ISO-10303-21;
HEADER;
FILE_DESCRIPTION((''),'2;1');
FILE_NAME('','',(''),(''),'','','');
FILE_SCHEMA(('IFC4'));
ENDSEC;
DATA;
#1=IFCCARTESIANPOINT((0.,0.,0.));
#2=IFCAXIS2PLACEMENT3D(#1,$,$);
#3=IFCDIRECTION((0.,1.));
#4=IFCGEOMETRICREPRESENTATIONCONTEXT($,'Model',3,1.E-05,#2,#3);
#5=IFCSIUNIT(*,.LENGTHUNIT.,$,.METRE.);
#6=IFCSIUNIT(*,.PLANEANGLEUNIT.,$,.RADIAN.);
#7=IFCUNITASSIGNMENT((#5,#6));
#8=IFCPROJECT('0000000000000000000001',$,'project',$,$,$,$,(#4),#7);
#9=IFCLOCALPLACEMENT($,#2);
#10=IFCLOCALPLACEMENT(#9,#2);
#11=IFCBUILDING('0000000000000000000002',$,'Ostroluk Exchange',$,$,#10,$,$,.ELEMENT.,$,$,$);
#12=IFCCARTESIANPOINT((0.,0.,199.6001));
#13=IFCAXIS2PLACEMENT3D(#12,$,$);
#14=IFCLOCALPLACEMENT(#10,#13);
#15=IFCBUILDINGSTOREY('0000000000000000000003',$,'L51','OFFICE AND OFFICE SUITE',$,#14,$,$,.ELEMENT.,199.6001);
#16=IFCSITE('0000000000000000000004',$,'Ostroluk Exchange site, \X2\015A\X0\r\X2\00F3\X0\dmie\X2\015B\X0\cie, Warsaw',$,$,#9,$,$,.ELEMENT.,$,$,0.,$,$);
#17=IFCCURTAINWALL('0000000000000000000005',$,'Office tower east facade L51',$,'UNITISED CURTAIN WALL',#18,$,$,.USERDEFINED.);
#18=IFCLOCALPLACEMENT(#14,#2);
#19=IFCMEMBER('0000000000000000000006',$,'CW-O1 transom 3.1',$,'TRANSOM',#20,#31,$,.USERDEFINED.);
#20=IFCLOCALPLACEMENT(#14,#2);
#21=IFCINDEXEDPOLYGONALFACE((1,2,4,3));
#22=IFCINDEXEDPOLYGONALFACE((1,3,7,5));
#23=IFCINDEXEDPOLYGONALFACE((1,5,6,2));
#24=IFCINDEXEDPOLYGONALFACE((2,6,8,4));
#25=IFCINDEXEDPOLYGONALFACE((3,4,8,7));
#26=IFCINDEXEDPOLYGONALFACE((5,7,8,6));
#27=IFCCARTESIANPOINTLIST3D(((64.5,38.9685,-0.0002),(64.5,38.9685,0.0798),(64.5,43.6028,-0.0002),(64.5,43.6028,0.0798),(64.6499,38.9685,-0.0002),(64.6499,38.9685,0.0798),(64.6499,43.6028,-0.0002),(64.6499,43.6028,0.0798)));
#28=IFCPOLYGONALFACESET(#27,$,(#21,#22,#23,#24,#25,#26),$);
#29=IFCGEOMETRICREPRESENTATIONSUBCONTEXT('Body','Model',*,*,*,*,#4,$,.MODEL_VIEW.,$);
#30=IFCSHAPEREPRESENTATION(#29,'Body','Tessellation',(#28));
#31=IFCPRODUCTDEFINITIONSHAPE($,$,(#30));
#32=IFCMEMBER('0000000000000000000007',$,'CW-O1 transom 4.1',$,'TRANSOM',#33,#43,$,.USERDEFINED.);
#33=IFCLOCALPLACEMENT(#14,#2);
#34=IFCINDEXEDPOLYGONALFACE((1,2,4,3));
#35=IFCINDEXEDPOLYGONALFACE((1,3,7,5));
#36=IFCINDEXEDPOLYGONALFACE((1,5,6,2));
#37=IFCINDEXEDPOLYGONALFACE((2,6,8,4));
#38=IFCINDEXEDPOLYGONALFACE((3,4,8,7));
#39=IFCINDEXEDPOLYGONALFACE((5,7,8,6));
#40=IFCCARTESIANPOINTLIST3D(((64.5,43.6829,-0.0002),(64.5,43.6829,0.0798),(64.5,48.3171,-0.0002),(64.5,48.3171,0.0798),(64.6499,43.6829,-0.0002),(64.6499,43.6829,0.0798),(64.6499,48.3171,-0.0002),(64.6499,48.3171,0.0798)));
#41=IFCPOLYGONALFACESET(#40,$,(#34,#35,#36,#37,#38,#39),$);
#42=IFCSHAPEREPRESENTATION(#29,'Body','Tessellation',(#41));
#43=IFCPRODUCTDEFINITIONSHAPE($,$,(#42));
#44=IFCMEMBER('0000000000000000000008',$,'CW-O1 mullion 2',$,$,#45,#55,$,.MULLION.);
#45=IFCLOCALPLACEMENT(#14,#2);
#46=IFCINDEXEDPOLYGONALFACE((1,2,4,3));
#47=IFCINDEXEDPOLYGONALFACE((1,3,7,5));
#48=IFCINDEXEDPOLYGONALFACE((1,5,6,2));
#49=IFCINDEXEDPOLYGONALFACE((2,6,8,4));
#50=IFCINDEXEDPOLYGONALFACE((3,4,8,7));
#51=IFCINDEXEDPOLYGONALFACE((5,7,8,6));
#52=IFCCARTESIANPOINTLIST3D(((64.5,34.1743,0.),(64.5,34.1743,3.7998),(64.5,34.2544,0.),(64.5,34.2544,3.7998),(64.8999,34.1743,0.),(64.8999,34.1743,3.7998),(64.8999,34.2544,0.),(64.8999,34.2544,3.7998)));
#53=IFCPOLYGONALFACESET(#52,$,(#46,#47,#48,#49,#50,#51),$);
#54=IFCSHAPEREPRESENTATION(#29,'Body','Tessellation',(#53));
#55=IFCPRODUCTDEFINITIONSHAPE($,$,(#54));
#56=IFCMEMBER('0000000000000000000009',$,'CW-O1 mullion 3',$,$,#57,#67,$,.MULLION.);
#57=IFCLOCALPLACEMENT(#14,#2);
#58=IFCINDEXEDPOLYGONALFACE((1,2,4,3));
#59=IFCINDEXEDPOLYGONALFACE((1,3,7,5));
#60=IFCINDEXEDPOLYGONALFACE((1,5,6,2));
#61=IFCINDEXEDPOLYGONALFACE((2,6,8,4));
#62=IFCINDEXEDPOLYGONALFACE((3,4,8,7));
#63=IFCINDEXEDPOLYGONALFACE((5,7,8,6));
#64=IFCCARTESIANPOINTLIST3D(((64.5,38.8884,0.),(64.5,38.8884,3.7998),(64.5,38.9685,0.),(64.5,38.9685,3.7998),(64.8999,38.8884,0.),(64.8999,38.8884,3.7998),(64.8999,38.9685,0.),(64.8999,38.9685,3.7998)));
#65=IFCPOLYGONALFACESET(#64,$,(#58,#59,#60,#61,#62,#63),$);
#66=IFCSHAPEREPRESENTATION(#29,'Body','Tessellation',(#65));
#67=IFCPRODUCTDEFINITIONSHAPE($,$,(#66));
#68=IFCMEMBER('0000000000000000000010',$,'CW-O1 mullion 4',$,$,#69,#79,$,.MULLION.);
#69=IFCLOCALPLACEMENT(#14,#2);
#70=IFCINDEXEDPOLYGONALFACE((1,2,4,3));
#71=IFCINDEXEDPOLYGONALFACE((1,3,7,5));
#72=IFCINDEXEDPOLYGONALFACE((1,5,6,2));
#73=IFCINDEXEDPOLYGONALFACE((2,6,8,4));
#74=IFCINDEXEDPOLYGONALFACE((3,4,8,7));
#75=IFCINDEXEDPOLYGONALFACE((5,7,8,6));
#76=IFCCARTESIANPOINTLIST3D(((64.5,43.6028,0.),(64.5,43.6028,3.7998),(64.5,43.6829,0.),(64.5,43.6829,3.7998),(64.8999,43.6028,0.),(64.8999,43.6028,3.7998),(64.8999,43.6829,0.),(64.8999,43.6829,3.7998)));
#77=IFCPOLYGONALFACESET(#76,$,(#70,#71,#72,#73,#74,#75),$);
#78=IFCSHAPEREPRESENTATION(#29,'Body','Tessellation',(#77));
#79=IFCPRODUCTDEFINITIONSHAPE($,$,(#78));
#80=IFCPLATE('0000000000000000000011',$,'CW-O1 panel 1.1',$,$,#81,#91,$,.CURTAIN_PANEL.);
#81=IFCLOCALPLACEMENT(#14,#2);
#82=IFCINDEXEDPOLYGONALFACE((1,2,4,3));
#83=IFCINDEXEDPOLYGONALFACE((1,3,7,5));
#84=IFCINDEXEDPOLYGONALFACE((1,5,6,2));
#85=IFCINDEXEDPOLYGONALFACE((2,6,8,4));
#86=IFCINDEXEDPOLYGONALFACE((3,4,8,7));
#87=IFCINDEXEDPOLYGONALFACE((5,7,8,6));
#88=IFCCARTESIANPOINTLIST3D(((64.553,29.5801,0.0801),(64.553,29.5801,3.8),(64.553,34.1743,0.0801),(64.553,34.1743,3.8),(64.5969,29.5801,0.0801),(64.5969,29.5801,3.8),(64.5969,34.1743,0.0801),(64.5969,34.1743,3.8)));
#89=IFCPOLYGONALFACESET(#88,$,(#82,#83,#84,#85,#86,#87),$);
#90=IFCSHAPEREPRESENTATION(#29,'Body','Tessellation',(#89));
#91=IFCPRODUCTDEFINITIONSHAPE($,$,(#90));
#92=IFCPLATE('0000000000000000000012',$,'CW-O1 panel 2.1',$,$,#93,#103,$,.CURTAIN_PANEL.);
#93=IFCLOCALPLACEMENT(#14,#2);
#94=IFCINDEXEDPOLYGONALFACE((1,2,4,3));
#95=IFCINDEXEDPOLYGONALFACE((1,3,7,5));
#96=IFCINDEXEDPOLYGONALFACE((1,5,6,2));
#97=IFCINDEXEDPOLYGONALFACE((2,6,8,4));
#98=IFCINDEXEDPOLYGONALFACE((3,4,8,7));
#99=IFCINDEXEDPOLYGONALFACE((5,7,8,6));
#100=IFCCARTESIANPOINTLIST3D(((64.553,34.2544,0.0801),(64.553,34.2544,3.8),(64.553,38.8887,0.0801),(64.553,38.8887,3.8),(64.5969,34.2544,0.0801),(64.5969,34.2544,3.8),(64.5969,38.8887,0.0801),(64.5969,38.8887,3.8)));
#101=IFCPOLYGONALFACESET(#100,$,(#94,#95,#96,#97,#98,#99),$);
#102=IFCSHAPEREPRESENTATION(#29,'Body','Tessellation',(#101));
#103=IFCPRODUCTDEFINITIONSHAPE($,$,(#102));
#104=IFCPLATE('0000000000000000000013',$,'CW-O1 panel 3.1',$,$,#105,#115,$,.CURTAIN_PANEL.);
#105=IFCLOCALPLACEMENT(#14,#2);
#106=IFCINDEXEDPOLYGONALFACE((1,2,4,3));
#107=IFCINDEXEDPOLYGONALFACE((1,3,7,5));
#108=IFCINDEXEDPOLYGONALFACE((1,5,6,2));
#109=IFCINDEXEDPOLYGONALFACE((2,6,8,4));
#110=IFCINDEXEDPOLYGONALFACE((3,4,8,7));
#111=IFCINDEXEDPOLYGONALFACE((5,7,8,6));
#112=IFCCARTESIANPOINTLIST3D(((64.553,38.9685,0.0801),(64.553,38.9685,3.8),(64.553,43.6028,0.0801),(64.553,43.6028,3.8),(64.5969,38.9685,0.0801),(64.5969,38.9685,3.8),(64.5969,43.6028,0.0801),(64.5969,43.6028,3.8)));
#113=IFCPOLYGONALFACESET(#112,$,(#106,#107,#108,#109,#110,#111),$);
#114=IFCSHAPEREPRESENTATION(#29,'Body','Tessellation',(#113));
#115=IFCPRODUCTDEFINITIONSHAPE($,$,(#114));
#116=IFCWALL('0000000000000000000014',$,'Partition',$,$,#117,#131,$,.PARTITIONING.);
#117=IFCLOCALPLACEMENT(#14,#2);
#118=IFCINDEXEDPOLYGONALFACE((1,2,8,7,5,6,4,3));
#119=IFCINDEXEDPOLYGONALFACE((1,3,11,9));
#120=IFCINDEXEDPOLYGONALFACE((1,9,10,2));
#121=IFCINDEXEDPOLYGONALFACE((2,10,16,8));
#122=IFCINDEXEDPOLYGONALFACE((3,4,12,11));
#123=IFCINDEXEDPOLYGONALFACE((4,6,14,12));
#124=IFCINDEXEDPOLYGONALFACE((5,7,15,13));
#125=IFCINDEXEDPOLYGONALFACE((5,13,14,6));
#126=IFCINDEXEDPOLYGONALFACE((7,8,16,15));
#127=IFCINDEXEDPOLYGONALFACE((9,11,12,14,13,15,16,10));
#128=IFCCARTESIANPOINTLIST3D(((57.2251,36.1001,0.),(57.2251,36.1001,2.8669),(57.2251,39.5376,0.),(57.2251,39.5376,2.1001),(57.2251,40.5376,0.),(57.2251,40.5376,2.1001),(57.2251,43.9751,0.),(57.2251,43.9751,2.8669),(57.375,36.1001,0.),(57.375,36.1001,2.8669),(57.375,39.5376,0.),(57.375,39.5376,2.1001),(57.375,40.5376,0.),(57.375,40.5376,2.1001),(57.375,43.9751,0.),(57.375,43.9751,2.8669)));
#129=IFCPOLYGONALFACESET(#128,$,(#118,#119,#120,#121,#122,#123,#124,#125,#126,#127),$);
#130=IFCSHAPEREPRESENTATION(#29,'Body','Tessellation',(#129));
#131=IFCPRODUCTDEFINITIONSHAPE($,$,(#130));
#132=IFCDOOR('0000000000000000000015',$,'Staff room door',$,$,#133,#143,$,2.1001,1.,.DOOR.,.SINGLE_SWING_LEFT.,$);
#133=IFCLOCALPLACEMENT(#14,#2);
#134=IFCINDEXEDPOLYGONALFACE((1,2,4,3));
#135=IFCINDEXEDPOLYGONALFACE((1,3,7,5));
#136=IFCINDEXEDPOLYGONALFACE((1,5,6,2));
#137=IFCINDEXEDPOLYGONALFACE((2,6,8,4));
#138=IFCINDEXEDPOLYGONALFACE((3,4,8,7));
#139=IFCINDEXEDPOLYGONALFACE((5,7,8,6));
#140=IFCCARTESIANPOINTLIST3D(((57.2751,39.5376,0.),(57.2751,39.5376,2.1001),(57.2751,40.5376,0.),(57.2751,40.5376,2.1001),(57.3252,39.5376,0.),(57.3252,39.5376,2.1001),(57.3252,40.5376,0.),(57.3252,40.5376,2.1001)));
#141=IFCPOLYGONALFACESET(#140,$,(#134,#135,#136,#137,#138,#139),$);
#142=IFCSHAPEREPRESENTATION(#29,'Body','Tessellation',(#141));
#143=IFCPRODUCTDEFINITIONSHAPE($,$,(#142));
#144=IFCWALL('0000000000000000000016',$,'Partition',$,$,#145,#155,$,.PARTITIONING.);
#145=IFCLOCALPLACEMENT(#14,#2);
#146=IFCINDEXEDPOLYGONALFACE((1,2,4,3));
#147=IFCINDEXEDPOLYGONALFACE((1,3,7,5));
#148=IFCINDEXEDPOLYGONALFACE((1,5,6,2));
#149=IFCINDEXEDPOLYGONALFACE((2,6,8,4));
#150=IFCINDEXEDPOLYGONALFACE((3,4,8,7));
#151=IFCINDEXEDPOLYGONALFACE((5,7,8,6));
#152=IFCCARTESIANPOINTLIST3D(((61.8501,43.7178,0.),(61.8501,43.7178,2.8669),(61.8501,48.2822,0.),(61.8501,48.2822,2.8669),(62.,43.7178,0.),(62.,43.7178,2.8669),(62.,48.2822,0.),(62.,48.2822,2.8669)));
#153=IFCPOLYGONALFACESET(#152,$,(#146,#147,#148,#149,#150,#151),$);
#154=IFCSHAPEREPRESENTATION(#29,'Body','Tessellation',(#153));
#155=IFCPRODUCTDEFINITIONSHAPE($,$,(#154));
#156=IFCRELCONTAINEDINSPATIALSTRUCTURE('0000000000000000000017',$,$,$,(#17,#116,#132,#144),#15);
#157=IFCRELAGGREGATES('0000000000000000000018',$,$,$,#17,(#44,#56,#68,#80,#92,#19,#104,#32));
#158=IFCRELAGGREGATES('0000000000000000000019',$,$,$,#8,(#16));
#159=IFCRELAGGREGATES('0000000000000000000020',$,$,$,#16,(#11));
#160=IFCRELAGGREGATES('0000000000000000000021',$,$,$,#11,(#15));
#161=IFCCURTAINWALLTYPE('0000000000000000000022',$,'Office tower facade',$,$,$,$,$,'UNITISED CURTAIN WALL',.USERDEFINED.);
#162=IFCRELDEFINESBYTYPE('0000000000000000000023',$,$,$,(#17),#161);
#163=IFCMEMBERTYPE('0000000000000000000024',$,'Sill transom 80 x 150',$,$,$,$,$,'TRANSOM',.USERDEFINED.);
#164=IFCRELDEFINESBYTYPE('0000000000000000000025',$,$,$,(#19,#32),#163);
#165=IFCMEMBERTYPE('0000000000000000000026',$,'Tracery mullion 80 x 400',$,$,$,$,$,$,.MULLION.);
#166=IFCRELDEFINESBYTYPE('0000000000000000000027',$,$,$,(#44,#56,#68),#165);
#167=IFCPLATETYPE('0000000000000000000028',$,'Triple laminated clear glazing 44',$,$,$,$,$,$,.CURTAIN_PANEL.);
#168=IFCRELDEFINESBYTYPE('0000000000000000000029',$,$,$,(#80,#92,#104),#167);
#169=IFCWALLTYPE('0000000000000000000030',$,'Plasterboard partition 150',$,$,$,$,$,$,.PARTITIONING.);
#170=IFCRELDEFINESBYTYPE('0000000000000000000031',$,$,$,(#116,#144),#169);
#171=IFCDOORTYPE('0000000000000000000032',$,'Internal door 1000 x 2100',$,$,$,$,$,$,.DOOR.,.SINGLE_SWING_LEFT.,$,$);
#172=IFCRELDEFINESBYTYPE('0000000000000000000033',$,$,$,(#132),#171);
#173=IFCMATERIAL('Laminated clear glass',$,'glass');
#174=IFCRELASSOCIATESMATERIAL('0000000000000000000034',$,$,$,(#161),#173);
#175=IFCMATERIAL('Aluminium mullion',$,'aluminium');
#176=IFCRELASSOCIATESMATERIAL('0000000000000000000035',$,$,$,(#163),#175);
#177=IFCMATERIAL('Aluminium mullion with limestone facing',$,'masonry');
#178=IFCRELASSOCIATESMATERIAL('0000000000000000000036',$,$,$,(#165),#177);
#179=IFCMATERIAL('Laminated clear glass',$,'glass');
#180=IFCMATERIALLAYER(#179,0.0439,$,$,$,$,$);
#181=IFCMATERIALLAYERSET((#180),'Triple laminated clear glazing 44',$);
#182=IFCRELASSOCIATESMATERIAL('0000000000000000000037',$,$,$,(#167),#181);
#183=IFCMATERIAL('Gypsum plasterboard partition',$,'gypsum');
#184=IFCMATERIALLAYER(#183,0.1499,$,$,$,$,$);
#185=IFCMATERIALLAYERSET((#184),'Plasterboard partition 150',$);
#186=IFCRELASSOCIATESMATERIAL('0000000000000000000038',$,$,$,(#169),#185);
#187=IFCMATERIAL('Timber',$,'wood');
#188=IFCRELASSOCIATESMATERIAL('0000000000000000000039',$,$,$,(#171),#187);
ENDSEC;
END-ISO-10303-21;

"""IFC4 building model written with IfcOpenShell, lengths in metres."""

from ifc_helpers import new_model, si_unit, direction, frame, frame_2d, origin, origin_2d, place, context, subcontext, project, spatial, rectangle, extrude, material, layer, layer_set, material_profile, profile_set, type_object, element, fill, aggregate, save


model = new_model("IFC4")

# Units and contexts
model_context = context("Model", 3, precision=1e-05, world=origin(), true_north=direction((0.0, 1.0)))
body_context = subcontext(model_context, "Body", "Model", "MODEL_VIEW")
ifc_project = project(units=[si_unit("LENGTHUNIT", "METRE"), si_unit("PLANEANGLEUNIT", "RADIAN")], contexts=[model_context])

# Site, building, storey
site_placement = place(None, origin())
site = spatial("IfcSite", under=ifc_project, at=site_placement, Name="Ostroluk Exchange site, Śródmieście, Warsaw", CompositionType="ELEMENT", RefElevation=0.0)
building_placement = place(site_placement, origin())
building = spatial("IfcBuilding", under=site, at=building_placement, Name="Ostroluk Exchange", CompositionType="ELEMENT")
storey_placement = place(building_placement, frame((0.0, 0.0, 199.6001)))
storey = spatial("IfcBuildingStorey", under=building, at=storey_placement, Name="L51", Description="OFFICE AND OFFICE SUITE", CompositionType="ELEMENT", Elevation=199.6001)

# Curtain wall, members, plates
ifc_material_1 = material(Name="Laminated clear glass", Category="glass")
curtain_wall_type = type_object("IfcCurtainWallType", Name="Office tower facade", ElementType="UNITISED CURTAIN WALL", PredefinedType="USERDEFINED", material=ifc_material_1)
curtain_wall_placement = place(storey_placement, origin())
curtain_wall = element("IfcCurtainWall", 1, at=curtain_wall_placement, inside=storey, type_object=curtain_wall_type, Name="Office tower east facade L51", ObjectType="UNITISED CURTAIN WALL", PredefinedType="USERDEFINED")
ifc_material_2 = material(Name="Aluminium mullion", Category="aluminium")
ifc_material_profile_1 = material_profile(ifc_material_2, rectangle(XDim=0.1499, YDim=0.0801, at=origin_2d()), Name="Sill transom 80 x 150")
ifc_profile_set_1 = profile_set([ifc_material_profile_1], Name="Aluminium mullion")
member_type_1 = type_object("IfcMemberType", Name="Sill transom 80 x 150", ElementType="TRANSOM", PredefinedType="USERDEFINED", material=ifc_profile_set_1)
member_1_placement = place(storey_placement, frame((64.575, 38.9685, 0.0398), z_axis=(0.0, 1.0, 0.0), x_axis=(-1.0, 0.0, 0.0)))
member_1 = element("IfcMember", 2, at=member_1_placement, type_object=member_type_1, Name="CW-O1 transom 3.1", ObjectType="TRANSOM", PredefinedType="USERDEFINED", context=body_context, shape_type="SweptSolid", body=[
    extrude(rectangle(XDim=0.1499, YDim=0.0801, at=origin_2d()), origin(), (0.0, 0.0, 1.0), 4.6343),
])
member_2_placement = place(storey_placement, frame((64.575, 43.6829, 0.0398), z_axis=(0.0, 1.0, 0.0), x_axis=(-1.0, 0.0, 0.0)))
member_2 = element("IfcMember", 3, at=member_2_placement, type_object=member_type_1, Name="CW-O1 transom 4.1", ObjectType="TRANSOM", PredefinedType="USERDEFINED", context=body_context, shape_type="SweptSolid", body=[
    extrude(rectangle(XDim=0.1499, YDim=0.0801, at=origin_2d()), origin(), (0.0, 0.0, 1.0), 4.6343),
])
ifc_material_3 = material(Name="Aluminium mullion with limestone facing", Category="masonry")
ifc_material_profile_2 = material_profile(ifc_material_3, rectangle(XDim=0.3999, YDim=0.0801, at=origin_2d()), Name="Tracery mullion 80 x 400")
ifc_profile_set_2 = profile_set([ifc_material_profile_2], Name="Aluminium mullion with limestone facing")
member_type_2 = type_object("IfcMemberType", Name="Tracery mullion 80 x 400", PredefinedType="MULLION", material=ifc_profile_set_2)
member_3_placement = place(storey_placement, frame((64.7, 34.2144, 0.0), z_axis=(0.0, 0.0, 1.0), x_axis=(-1.0, 0.0, 0.0)))
member_3 = element("IfcMember", 4, at=member_3_placement, type_object=member_type_2, Name="CW-O1 mullion 2", PredefinedType="MULLION", context=body_context, shape_type="SweptSolid", body=[
    extrude(rectangle(XDim=0.3999, YDim=0.0801, at=origin_2d()), origin(), (0.0, 0.0, 1.0), 3.7998),
])
member_4_placement = place(storey_placement, frame((64.7, 38.9285, 0.0), z_axis=(0.0, 0.0, 1.0), x_axis=(-1.0, 0.0, 0.0)))
member_4 = element("IfcMember", 5, at=member_4_placement, type_object=member_type_2, Name="CW-O1 mullion 3", PredefinedType="MULLION", context=body_context, shape_type="SweptSolid", body=[
    extrude(rectangle(XDim=0.3999, YDim=0.0801, at=origin_2d()), origin(), (0.0, 0.0, 1.0), 3.7998),
])
member_5_placement = place(storey_placement, frame((64.7, 43.6428, 0.0), z_axis=(0.0, 0.0, 1.0), x_axis=(-1.0, 0.0, 0.0)))
member_5 = element("IfcMember", 6, at=member_5_placement, type_object=member_type_2, Name="CW-O1 mullion 4", PredefinedType="MULLION", context=body_context, shape_type="SweptSolid", body=[
    extrude(rectangle(XDim=0.3999, YDim=0.0801, at=origin_2d()), origin(), (0.0, 0.0, 1.0), 3.7998),
])
ifc_material_4 = material(Name="Laminated clear glass", Category="glass")
ifc_layer_1 = layer(ifc_material_4, 0.0439)
ifc_layer_set_1 = layer_set([ifc_layer_1], Name="Triple laminated clear glazing 44")
plate_type = type_object("IfcPlateType", Name="Triple laminated clear glazing 44", PredefinedType="CURTAIN_PANEL", material=ifc_layer_set_1)
plate_1_placement = place(storey_placement, frame((64.575, 31.8772, 0.0801), z_axis=(0.0, 0.0, 1.0), x_axis=(0.0, 1.0, 0.0)))
plate_1 = element("IfcPlate", 7, at=plate_1_placement, type_object=plate_type, Name="CW-O1 panel 1.1", PredefinedType="CURTAIN_PANEL", context=body_context, shape_type="SweptSolid", body=[
    extrude(rectangle(XDim=4.5942, YDim=0.0439, at=origin_2d()), origin(), (0.0, 0.0, 1.0), 3.72),
])
plate_2_placement = place(storey_placement, frame((64.575, 36.5715, 0.0801), z_axis=(0.0, 0.0, 1.0), x_axis=(0.0, 1.0, 0.0)))
plate_2 = element("IfcPlate", 8, at=plate_2_placement, type_object=plate_type, Name="CW-O1 panel 2.1", PredefinedType="CURTAIN_PANEL", context=body_context, shape_type="SweptSolid", body=[
    extrude(rectangle(XDim=4.6343, YDim=0.0439, at=origin_2d()), origin(), (0.0, 0.0, 1.0), 3.72),
])
plate_3_placement = place(storey_placement, frame((64.575, 41.2856, 0.0801), z_axis=(0.0, 0.0, 1.0), x_axis=(0.0, 1.0, 0.0)))
plate_3 = element("IfcPlate", 9, at=plate_3_placement, type_object=plate_type, Name="CW-O1 panel 3.1", PredefinedType="CURTAIN_PANEL", context=body_context, shape_type="SweptSolid", body=[
    extrude(rectangle(XDim=4.6343, YDim=0.0439, at=origin_2d()), origin(), (0.0, 0.0, 1.0), 3.72),
])
aggregate(curtain_wall, [member_3, member_4, member_5, plate_1, plate_2, member_1, plate_3, member_2])

# Wall, opening, door
ifc_material_5 = material(Name="Gypsum plasterboard partition", Category="gypsum")
ifc_layer_2 = layer(ifc_material_5, 0.1499)
ifc_layer_set_2 = layer_set([ifc_layer_2], Name="Plasterboard partition 150")
wall_type = type_object("IfcWallType", Name="Plasterboard partition 150", PredefinedType="PARTITIONING", material=ifc_layer_set_2)
wall_1_placement = place(storey_placement, frame((57.3, 36.1001, 0.0), z_axis=(0.0, 0.0, 1.0), x_axis=(0.0, 1.0, 0.0)))
wall_1 = element("IfcWall", 10, at=wall_1_placement, inside=storey, type_object=wall_type, Name="Partition", PredefinedType="PARTITIONING", context=body_context, shape_type="SweptSolid", body=[
    extrude(rectangle(XDim=7.875, YDim=0.1499, at=frame_2d((3.9375, 0.0))), origin(), (0.0, 0.0, 1.0), 2.8669),
])
opening_1_placement = place(wall_1_placement, frame((3.4375, 0.0, 0.0)))
opening_1 = element("IfcOpeningElement", 11, at=opening_1_placement, cuts=wall_1, PredefinedType="OPENING", context=body_context, shape_type="SweptSolid", body=[
    extrude(rectangle(XDim=1.0, YDim=2.1001, at=frame_2d((0.5, 1.05))), frame((0.0, 0.085, 0.0), z_axis=(0.0, -1.0, 0.0), x_axis=(1.0, 0.0, 0.0)), (0.0, 0.0, 1.0), 0.1699),
])
ifc_material_6 = material(Name="Timber", Category="wood")
door_type = type_object("IfcDoorType", Name="Internal door 1000 x 2100", OperationType="SINGLE_SWING_LEFT", PredefinedType="DOOR", material=ifc_material_6)
door_1_placement = place(opening_1_placement, origin())
door_1 = element("IfcDoor", 12, at=door_1_placement, inside=storey, type_object=door_type, Name="Staff room door", OperationType="SINGLE_SWING_LEFT", OverallHeight=2.1001, OverallWidth=1.0, PredefinedType="DOOR", context=body_context, shape_type="SweptSolid", body=[
    extrude(rectangle(XDim=1.0, YDim=2.1001, at=frame_2d((0.5, 1.05))), frame((0.0, 0.0249, 0.0), z_axis=(0.0, -1.0, 0.0), x_axis=(1.0, 0.0, 0.0)), (0.0, 0.0, 1.0), 0.05),
])
fill(opening_1, door_1)

# Wall
wall_2_placement = place(storey_placement, frame((61.925, 43.7178, 0.0), z_axis=(0.0, 0.0, 1.0), x_axis=(0.0, 1.0, 0.0)))
element("IfcWall", 13, at=wall_2_placement, inside=storey, type_object=wall_type, Name="Partition", PredefinedType="PARTITIONING", context=body_context, shape_type="SweptSolid", body=[
    extrude(rectangle(XDim=4.5645, YDim=0.1499, at=frame_2d((2.2822, 0.0))), origin(), (0.0, 0.0, 1.0), 2.8669),
])

save(model, "model.ifc")
